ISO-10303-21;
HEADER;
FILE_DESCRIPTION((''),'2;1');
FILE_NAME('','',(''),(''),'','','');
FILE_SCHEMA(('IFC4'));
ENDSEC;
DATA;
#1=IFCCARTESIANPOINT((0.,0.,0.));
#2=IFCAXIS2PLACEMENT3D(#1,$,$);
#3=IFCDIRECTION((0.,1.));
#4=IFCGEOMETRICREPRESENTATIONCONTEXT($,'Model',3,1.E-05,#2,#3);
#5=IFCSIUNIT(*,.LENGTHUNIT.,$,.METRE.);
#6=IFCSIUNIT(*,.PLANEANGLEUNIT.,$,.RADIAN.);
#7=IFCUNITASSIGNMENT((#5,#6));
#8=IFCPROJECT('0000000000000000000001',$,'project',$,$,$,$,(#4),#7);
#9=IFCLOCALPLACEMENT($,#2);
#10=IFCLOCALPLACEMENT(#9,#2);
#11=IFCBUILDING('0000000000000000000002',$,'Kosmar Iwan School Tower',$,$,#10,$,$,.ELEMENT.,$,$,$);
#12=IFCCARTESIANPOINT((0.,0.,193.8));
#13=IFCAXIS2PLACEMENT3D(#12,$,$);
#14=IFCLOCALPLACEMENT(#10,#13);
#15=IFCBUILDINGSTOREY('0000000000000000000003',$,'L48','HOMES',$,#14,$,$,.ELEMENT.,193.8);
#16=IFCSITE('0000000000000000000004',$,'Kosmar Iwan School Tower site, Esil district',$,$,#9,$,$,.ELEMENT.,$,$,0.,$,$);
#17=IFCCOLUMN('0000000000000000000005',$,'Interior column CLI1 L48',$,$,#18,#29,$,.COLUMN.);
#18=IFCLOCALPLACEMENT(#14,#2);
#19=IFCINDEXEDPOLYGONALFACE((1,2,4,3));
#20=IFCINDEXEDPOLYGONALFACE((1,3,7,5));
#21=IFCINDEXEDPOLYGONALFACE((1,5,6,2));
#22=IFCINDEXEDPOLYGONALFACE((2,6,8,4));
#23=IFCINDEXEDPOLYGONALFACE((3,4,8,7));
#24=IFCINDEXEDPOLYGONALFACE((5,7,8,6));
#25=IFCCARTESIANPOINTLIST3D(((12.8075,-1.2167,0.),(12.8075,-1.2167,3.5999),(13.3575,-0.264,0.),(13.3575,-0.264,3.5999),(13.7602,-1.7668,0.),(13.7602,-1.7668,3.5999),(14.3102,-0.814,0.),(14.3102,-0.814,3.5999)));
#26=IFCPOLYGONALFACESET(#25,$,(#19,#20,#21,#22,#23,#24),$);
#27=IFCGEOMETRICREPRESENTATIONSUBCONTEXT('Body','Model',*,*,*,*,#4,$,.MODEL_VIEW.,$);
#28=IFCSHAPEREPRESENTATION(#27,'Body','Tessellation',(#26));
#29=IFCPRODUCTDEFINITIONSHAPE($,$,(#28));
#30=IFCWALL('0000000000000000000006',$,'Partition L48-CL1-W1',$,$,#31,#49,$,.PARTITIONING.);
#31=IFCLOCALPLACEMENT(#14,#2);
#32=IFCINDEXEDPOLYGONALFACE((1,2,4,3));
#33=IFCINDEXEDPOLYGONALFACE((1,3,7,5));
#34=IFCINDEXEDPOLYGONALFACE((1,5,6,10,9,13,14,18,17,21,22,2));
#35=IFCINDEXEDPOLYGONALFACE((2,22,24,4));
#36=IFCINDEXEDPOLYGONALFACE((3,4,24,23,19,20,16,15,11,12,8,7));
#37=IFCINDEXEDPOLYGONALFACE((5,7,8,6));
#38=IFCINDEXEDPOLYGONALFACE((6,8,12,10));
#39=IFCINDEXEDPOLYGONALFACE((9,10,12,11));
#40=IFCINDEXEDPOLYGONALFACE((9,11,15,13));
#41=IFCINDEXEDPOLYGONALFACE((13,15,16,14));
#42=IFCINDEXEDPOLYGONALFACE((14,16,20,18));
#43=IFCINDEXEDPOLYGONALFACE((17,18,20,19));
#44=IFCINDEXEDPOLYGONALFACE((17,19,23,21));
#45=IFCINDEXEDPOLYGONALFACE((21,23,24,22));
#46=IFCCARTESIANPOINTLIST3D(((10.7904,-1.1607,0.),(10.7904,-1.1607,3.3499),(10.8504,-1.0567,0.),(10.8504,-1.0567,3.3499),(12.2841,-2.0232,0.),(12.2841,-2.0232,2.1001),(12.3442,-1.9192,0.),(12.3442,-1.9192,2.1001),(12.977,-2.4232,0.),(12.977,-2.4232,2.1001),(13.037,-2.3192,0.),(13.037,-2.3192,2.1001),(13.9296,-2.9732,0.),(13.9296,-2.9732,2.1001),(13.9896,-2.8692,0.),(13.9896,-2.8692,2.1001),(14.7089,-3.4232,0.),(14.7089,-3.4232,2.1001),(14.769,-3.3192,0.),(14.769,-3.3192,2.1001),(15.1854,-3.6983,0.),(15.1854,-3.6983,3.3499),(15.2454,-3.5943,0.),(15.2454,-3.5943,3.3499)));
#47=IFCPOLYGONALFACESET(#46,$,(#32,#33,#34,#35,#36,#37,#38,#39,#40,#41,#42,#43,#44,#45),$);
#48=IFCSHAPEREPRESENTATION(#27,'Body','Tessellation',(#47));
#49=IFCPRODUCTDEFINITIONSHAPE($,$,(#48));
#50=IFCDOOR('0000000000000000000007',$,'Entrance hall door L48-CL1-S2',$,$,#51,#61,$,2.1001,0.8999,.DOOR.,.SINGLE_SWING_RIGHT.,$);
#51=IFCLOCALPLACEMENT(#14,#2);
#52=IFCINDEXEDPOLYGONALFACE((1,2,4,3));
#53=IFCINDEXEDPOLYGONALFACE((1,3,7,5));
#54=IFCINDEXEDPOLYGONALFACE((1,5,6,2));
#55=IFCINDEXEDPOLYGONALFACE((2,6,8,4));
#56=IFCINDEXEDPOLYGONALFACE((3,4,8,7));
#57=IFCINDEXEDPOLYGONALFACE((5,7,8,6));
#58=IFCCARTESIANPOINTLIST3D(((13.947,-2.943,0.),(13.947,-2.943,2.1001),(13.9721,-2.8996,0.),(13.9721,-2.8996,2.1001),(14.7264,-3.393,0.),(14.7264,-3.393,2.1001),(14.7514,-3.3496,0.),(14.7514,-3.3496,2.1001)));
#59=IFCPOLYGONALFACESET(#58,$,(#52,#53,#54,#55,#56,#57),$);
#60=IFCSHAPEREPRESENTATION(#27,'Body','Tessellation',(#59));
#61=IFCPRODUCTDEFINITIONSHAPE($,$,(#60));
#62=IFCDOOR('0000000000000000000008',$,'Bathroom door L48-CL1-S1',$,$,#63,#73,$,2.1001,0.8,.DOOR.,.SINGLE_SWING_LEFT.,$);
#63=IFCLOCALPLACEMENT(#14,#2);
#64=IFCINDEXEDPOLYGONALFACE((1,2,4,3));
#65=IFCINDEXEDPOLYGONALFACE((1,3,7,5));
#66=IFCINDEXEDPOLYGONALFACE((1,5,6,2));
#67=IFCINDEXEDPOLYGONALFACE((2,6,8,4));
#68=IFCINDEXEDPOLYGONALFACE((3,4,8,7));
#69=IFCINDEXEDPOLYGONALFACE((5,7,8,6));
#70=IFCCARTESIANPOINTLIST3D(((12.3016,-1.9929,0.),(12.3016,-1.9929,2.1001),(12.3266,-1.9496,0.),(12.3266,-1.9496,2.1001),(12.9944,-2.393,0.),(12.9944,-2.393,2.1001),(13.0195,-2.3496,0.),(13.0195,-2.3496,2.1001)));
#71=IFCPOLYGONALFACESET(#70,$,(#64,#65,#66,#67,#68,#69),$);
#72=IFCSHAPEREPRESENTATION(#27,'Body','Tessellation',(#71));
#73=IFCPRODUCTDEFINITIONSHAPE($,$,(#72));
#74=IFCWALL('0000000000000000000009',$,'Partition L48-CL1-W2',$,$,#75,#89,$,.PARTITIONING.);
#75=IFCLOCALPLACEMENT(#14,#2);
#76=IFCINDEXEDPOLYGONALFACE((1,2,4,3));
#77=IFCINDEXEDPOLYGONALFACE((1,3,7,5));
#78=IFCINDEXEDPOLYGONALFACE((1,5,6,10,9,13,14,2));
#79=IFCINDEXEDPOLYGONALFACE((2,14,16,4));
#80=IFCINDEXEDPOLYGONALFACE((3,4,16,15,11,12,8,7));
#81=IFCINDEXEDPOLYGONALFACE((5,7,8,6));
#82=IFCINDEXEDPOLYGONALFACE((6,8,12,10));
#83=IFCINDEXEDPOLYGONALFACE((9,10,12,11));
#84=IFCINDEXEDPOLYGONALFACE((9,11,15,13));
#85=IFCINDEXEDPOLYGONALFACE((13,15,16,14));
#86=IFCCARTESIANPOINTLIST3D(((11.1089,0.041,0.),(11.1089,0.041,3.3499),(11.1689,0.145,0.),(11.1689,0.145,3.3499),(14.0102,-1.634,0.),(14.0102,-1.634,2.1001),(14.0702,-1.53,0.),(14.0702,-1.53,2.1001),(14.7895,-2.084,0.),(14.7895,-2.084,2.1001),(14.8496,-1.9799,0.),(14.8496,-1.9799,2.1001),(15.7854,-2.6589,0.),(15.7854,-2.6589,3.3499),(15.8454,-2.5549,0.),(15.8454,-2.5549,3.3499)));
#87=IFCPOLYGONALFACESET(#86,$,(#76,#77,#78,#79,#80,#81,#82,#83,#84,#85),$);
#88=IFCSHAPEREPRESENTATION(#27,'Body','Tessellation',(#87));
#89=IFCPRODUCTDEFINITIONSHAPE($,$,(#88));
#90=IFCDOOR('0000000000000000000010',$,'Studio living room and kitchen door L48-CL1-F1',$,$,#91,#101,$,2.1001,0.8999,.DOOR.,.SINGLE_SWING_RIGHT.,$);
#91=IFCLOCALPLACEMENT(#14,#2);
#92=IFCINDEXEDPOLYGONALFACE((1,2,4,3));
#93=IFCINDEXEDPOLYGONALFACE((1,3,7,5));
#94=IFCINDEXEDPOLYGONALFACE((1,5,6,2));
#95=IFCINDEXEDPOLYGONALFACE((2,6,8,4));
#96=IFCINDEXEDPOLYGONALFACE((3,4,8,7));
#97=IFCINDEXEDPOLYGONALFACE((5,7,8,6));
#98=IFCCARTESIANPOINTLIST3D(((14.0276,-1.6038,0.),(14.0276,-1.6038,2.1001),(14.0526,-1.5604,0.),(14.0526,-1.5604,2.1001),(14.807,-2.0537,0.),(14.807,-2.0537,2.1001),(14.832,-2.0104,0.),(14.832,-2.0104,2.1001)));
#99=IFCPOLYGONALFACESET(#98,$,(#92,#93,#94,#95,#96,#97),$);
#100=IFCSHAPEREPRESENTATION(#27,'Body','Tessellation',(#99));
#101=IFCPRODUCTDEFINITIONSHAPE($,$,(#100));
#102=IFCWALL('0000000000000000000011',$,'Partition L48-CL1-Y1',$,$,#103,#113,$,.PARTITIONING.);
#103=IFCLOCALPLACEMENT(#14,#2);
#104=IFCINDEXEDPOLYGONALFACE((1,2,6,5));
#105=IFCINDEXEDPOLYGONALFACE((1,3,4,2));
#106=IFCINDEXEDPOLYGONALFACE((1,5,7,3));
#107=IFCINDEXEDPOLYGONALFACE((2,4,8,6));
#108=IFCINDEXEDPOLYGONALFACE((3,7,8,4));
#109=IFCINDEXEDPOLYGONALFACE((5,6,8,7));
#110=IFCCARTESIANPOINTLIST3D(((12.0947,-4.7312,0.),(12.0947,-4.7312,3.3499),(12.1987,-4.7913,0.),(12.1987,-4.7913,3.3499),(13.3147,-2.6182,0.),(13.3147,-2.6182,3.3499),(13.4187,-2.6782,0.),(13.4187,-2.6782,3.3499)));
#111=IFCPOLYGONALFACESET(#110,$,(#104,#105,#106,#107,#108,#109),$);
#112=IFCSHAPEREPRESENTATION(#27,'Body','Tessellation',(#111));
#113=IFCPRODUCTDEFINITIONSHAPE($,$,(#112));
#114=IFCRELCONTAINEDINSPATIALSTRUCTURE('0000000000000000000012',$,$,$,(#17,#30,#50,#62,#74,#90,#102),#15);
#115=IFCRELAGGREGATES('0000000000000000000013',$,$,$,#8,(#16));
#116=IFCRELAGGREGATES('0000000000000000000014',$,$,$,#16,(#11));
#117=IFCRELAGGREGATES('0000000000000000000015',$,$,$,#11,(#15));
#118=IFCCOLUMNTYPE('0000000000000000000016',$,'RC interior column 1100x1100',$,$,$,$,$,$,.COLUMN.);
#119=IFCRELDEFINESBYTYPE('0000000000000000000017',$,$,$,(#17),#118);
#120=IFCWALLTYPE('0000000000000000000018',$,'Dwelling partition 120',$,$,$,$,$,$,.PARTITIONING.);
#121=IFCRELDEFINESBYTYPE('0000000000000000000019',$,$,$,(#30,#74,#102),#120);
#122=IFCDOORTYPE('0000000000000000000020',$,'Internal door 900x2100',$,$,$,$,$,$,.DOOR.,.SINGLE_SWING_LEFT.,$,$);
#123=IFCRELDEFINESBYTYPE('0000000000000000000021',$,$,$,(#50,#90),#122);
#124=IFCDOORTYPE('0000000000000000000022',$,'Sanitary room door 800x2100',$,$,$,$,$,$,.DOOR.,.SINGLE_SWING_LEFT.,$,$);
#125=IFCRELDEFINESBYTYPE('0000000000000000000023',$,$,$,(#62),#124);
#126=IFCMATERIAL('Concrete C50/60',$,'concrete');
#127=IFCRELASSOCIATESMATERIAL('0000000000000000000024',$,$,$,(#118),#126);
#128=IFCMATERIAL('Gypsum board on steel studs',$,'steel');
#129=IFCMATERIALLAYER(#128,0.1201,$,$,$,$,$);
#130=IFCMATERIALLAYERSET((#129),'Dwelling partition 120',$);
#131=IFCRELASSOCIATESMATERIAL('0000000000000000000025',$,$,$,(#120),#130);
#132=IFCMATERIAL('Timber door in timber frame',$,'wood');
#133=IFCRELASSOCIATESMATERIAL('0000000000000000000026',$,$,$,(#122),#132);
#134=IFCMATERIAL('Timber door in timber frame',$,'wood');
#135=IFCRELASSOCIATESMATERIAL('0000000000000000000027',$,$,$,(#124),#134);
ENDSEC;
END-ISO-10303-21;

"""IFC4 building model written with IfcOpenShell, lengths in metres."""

from ifc_helpers import new_model, si_unit, direction, frame, frame_2d, origin, origin_2d, place, context, subcontext, project, spatial, rectangle, extrude, material, layer, layer_set, material_profile, profile_set, type_object, element, fill, save


model = new_model("IFC4")

# Units and contexts
model_context = context("Model", 3, precision=1e-05, world=origin(), true_north=direction((0.0, 1.0)))
body_context = subcontext(model_context, "Body", "Model", "MODEL_VIEW")
ifc_project = project(units=[si_unit("LENGTHUNIT", "METRE"), si_unit("PLANEANGLEUNIT", "RADIAN")], contexts=[model_context])

# Site, building, storey
site_placement = place(None, origin())
site = spatial("IfcSite", under=ifc_project, at=site_placement, Name="Kosmar Iwan School Tower site, Esil district", CompositionType="ELEMENT", RefElevation=0.0)
building_placement = place(site_placement, origin())
building = spatial("IfcBuilding", under=site, at=building_placement, Name="Kosmar Iwan School Tower", CompositionType="ELEMENT")
storey_placement = place(building_placement, frame((0.0, 0.0, 193.8)))
storey = spatial("IfcBuildingStorey", under=building, at=storey_placement, Name="L48", Description="HOMES", CompositionType="ELEMENT", Elevation=193.8)

# Column
ifc_material_1 = material(Name="Concrete C50/60", Category="concrete")
ifc_material_profile = material_profile(ifc_material_1, rectangle(XDim=1.1001, YDim=1.1001, at=origin_2d()), Name="RC 1100x1100")
ifc_profile_set = profile_set([ifc_material_profile], Name="Concrete C50/60")
column_type = type_object("IfcColumnType", Name="RC interior column 1100x1100", PredefinedType="COLUMN", material=ifc_profile_set)
column_placement = place(storey_placement, frame((13.5588, -1.0154, 0.0), z_axis=(0.0, 0.0, 1.0), x_axis=(0.866025, -0.5, 0.0)))
element("IfcColumn", 1, at=column_placement, inside=storey, type_object=column_type, Name="Interior column CLI1 L48", PredefinedType="COLUMN", context=body_context, shape_type="SweptSolid", body=[
    extrude(rectangle(XDim=1.1001, YDim=1.1001, at=origin_2d()), origin(), (0.0, 0.0, 1.0), 3.5999),
])

# Wall, openings, doors
ifc_material_2 = material(Name="Gypsum board on steel studs", Category="steel")
ifc_layer_1 = layer(ifc_material_2, 0.1201)
ifc_layer_set_1 = layer_set([ifc_layer_1], Name="Dwelling partition 120")
wall_type_1 = type_object("IfcWallType", Name="Dwelling partition 120", PredefinedType="PARTITIONING", material=ifc_layer_set_1)
wall_1_placement = place(storey_placement, frame((10.8203, -1.1086, 0.0), z_axis=(0.0, 0.0, 1.0), x_axis=(0.866014, -0.500019, 0.0)))
wall_1 = element("IfcWall", 2, at=wall_1_placement, inside=storey, type_object=wall_type_1, Name="Partition L48-CL1-W1", PredefinedType="PARTITIONING", context=body_context, shape_type="SweptSolid", body=[
    extrude(rectangle(XDim=5.075, YDim=0.1201, at=frame_2d((2.5376, 0.0))), origin(), (0.0, 0.0, 1.0), 3.3499),
])
opening_1_placement = place(wall_1_placement, frame((1.7251, 0.0, 0.0)))
opening_1 = element("IfcOpeningElement", 3, at=opening_1_placement, cuts=wall_1, PredefinedType="OPENING", context=body_context, shape_type="SweptSolid", body=[
    extrude(rectangle(XDim=0.8, YDim=2.1001, at=frame_2d((0.3999, 1.05))), frame((0.0, 0.072, 0.0), z_axis=(0.0, -1.0, 0.0), x_axis=(1.0, 0.0, 0.0)), (0.0, 0.0, 1.0), 0.144),
])
opening_2_placement = place(wall_1_placement, frame((3.625, 0.0, 0.0)))
opening_2 = element("IfcOpeningElement", 4, at=opening_2_placement, cuts=wall_1, PredefinedType="OPENING", context=body_context, shape_type="SweptSolid", body=[
    extrude(rectangle(XDim=0.8999, YDim=2.1001, at=frame_2d((0.45, 1.05))), frame((0.0, 0.072, 0.0), z_axis=(0.0, -1.0, 0.0), x_axis=(1.0, 0.0, 0.0)), (0.0, 0.0, 1.0), 0.144),
])
ifc_material_3 = material(Name="Timber door in timber frame", Category="wood")
door_type_1 = type_object("IfcDoorType", Name="Internal door 900x2100", OperationType="SINGLE_SWING_LEFT", PredefinedType="DOOR", material=ifc_material_3)
door_1_placement = place(opening_2_placement, origin())
door_1 = element("IfcDoor", 5, at=door_1_placement, inside=storey, type_object=door_type_1, Name="Entrance hall door L48-CL1-S2", OperationType="SINGLE_SWING_RIGHT", OverallHeight=2.1001, OverallWidth=0.8999, PredefinedType="DOOR", context=body_context, shape_type="SweptSolid", body=[
    extrude(rectangle(XDim=0.8999, YDim=2.1001, at=frame_2d((0.45, 1.05))), frame((0.0, 0.0249, 0.0), z_axis=(0.0, -1.0, 0.0), x_axis=(1.0, 0.0, 0.0)), (0.0, 0.0, 1.0), 0.05),
])
fill(opening_2, door_1)
ifc_material_4 = material(Name="Timber door in timber frame", Category="wood")
door_type_2 = type_object("IfcDoorType", Name="Sanitary room door 800x2100", OperationType="SINGLE_SWING_LEFT", PredefinedType="DOOR", material=ifc_material_4)
door_2_placement = place(opening_1_placement, origin())
door_2 = element("IfcDoor", 6, at=door_2_placement, inside=storey, type_object=door_type_2, Name="Bathroom door L48-CL1-S1", OperationType="SINGLE_SWING_LEFT", OverallHeight=2.1001, OverallWidth=0.8, PredefinedType="DOOR", context=body_context, shape_type="SweptSolid", body=[
    extrude(rectangle(XDim=0.8, YDim=2.1001, at=frame_2d((0.3999, 1.05))), frame((0.0, 0.0249, 0.0), z_axis=(0.0, -1.0, 0.0), x_axis=(1.0, 0.0, 0.0)), (0.0, 0.0, 1.0), 0.05),
])
fill(opening_1, door_2)

# Wall, opening, door
wall_2_placement = place(storey_placement, frame((11.1389, 0.093, 0.0), z_axis=(0.0, 0.0, 1.0), x_axis=(0.866028, -0.499995, 0.0)))
wall_2 = element("IfcWall", 7, at=wall_2_placement, inside=storey, type_object=wall_type_1, Name="Partition L48-CL1-W2", PredefinedType="PARTITIONING", context=body_context, shape_type="SweptSolid", body=[
    extrude(rectangle(XDim=5.3999, YDim=0.1201, at=frame_2d((2.7, 0.0))), origin(), (0.0, 0.0, 1.0), 3.3499),
])
opening_3_placement = place(wall_2_placement, frame((3.3501, 0.0, 0.0)))
opening_3 = element("IfcOpeningElement", 8, at=opening_3_placement, cuts=wall_2, PredefinedType="OPENING", context=body_context, shape_type="SweptSolid", body=[
    extrude(rectangle(XDim=0.8999, YDim=2.1001, at=frame_2d((0.45, 1.05))), frame((0.0, 0.072, 0.0), z_axis=(0.0, -1.0, 0.0), x_axis=(1.0, 0.0, 0.0)), (0.0, 0.0, 1.0), 0.144),
])
door_3_placement = place(opening_3_placement, origin())
door_3 = element("IfcDoor", 9, at=door_3_placement, inside=storey, type_object=door_type_1, Name="Studio living room and kitchen door L48-CL1-F1", OperationType="SINGLE_SWING_RIGHT", OverallHeight=2.1001, OverallWidth=0.8999, PredefinedType="DOOR", context=body_context, shape_type="SweptSolid", body=[
    extrude(rectangle(XDim=0.8999, YDim=2.1001, at=frame_2d((0.45, 1.05))), frame((0.0, 0.0249, 0.0), z_axis=(0.0, -1.0, 0.0), x_axis=(1.0, 0.0, 0.0)), (0.0, 0.0, 1.0), 0.05),
])
fill(opening_3, door_3)

# Wall
wall_3_placement = place(storey_placement, frame((12.1467, -4.7612, 0.0), z_axis=(0.0, 0.0, 1.0), x_axis=(0.500003, 0.866024, 0.0)))
element("IfcWall", 10, at=wall_3_placement, inside=storey, type_object=wall_type_1, Name="Partition L48-CL1-Y1", PredefinedType="PARTITIONING", context=body_context, shape_type="SweptSolid", body=[
    extrude(rectangle(XDim=2.4399, YDim=0.1201, at=frame_2d((1.22, 0.0))), origin(), (0.0, 0.0, 1.0), 3.3499),
])

save(model, "model.ifc")
